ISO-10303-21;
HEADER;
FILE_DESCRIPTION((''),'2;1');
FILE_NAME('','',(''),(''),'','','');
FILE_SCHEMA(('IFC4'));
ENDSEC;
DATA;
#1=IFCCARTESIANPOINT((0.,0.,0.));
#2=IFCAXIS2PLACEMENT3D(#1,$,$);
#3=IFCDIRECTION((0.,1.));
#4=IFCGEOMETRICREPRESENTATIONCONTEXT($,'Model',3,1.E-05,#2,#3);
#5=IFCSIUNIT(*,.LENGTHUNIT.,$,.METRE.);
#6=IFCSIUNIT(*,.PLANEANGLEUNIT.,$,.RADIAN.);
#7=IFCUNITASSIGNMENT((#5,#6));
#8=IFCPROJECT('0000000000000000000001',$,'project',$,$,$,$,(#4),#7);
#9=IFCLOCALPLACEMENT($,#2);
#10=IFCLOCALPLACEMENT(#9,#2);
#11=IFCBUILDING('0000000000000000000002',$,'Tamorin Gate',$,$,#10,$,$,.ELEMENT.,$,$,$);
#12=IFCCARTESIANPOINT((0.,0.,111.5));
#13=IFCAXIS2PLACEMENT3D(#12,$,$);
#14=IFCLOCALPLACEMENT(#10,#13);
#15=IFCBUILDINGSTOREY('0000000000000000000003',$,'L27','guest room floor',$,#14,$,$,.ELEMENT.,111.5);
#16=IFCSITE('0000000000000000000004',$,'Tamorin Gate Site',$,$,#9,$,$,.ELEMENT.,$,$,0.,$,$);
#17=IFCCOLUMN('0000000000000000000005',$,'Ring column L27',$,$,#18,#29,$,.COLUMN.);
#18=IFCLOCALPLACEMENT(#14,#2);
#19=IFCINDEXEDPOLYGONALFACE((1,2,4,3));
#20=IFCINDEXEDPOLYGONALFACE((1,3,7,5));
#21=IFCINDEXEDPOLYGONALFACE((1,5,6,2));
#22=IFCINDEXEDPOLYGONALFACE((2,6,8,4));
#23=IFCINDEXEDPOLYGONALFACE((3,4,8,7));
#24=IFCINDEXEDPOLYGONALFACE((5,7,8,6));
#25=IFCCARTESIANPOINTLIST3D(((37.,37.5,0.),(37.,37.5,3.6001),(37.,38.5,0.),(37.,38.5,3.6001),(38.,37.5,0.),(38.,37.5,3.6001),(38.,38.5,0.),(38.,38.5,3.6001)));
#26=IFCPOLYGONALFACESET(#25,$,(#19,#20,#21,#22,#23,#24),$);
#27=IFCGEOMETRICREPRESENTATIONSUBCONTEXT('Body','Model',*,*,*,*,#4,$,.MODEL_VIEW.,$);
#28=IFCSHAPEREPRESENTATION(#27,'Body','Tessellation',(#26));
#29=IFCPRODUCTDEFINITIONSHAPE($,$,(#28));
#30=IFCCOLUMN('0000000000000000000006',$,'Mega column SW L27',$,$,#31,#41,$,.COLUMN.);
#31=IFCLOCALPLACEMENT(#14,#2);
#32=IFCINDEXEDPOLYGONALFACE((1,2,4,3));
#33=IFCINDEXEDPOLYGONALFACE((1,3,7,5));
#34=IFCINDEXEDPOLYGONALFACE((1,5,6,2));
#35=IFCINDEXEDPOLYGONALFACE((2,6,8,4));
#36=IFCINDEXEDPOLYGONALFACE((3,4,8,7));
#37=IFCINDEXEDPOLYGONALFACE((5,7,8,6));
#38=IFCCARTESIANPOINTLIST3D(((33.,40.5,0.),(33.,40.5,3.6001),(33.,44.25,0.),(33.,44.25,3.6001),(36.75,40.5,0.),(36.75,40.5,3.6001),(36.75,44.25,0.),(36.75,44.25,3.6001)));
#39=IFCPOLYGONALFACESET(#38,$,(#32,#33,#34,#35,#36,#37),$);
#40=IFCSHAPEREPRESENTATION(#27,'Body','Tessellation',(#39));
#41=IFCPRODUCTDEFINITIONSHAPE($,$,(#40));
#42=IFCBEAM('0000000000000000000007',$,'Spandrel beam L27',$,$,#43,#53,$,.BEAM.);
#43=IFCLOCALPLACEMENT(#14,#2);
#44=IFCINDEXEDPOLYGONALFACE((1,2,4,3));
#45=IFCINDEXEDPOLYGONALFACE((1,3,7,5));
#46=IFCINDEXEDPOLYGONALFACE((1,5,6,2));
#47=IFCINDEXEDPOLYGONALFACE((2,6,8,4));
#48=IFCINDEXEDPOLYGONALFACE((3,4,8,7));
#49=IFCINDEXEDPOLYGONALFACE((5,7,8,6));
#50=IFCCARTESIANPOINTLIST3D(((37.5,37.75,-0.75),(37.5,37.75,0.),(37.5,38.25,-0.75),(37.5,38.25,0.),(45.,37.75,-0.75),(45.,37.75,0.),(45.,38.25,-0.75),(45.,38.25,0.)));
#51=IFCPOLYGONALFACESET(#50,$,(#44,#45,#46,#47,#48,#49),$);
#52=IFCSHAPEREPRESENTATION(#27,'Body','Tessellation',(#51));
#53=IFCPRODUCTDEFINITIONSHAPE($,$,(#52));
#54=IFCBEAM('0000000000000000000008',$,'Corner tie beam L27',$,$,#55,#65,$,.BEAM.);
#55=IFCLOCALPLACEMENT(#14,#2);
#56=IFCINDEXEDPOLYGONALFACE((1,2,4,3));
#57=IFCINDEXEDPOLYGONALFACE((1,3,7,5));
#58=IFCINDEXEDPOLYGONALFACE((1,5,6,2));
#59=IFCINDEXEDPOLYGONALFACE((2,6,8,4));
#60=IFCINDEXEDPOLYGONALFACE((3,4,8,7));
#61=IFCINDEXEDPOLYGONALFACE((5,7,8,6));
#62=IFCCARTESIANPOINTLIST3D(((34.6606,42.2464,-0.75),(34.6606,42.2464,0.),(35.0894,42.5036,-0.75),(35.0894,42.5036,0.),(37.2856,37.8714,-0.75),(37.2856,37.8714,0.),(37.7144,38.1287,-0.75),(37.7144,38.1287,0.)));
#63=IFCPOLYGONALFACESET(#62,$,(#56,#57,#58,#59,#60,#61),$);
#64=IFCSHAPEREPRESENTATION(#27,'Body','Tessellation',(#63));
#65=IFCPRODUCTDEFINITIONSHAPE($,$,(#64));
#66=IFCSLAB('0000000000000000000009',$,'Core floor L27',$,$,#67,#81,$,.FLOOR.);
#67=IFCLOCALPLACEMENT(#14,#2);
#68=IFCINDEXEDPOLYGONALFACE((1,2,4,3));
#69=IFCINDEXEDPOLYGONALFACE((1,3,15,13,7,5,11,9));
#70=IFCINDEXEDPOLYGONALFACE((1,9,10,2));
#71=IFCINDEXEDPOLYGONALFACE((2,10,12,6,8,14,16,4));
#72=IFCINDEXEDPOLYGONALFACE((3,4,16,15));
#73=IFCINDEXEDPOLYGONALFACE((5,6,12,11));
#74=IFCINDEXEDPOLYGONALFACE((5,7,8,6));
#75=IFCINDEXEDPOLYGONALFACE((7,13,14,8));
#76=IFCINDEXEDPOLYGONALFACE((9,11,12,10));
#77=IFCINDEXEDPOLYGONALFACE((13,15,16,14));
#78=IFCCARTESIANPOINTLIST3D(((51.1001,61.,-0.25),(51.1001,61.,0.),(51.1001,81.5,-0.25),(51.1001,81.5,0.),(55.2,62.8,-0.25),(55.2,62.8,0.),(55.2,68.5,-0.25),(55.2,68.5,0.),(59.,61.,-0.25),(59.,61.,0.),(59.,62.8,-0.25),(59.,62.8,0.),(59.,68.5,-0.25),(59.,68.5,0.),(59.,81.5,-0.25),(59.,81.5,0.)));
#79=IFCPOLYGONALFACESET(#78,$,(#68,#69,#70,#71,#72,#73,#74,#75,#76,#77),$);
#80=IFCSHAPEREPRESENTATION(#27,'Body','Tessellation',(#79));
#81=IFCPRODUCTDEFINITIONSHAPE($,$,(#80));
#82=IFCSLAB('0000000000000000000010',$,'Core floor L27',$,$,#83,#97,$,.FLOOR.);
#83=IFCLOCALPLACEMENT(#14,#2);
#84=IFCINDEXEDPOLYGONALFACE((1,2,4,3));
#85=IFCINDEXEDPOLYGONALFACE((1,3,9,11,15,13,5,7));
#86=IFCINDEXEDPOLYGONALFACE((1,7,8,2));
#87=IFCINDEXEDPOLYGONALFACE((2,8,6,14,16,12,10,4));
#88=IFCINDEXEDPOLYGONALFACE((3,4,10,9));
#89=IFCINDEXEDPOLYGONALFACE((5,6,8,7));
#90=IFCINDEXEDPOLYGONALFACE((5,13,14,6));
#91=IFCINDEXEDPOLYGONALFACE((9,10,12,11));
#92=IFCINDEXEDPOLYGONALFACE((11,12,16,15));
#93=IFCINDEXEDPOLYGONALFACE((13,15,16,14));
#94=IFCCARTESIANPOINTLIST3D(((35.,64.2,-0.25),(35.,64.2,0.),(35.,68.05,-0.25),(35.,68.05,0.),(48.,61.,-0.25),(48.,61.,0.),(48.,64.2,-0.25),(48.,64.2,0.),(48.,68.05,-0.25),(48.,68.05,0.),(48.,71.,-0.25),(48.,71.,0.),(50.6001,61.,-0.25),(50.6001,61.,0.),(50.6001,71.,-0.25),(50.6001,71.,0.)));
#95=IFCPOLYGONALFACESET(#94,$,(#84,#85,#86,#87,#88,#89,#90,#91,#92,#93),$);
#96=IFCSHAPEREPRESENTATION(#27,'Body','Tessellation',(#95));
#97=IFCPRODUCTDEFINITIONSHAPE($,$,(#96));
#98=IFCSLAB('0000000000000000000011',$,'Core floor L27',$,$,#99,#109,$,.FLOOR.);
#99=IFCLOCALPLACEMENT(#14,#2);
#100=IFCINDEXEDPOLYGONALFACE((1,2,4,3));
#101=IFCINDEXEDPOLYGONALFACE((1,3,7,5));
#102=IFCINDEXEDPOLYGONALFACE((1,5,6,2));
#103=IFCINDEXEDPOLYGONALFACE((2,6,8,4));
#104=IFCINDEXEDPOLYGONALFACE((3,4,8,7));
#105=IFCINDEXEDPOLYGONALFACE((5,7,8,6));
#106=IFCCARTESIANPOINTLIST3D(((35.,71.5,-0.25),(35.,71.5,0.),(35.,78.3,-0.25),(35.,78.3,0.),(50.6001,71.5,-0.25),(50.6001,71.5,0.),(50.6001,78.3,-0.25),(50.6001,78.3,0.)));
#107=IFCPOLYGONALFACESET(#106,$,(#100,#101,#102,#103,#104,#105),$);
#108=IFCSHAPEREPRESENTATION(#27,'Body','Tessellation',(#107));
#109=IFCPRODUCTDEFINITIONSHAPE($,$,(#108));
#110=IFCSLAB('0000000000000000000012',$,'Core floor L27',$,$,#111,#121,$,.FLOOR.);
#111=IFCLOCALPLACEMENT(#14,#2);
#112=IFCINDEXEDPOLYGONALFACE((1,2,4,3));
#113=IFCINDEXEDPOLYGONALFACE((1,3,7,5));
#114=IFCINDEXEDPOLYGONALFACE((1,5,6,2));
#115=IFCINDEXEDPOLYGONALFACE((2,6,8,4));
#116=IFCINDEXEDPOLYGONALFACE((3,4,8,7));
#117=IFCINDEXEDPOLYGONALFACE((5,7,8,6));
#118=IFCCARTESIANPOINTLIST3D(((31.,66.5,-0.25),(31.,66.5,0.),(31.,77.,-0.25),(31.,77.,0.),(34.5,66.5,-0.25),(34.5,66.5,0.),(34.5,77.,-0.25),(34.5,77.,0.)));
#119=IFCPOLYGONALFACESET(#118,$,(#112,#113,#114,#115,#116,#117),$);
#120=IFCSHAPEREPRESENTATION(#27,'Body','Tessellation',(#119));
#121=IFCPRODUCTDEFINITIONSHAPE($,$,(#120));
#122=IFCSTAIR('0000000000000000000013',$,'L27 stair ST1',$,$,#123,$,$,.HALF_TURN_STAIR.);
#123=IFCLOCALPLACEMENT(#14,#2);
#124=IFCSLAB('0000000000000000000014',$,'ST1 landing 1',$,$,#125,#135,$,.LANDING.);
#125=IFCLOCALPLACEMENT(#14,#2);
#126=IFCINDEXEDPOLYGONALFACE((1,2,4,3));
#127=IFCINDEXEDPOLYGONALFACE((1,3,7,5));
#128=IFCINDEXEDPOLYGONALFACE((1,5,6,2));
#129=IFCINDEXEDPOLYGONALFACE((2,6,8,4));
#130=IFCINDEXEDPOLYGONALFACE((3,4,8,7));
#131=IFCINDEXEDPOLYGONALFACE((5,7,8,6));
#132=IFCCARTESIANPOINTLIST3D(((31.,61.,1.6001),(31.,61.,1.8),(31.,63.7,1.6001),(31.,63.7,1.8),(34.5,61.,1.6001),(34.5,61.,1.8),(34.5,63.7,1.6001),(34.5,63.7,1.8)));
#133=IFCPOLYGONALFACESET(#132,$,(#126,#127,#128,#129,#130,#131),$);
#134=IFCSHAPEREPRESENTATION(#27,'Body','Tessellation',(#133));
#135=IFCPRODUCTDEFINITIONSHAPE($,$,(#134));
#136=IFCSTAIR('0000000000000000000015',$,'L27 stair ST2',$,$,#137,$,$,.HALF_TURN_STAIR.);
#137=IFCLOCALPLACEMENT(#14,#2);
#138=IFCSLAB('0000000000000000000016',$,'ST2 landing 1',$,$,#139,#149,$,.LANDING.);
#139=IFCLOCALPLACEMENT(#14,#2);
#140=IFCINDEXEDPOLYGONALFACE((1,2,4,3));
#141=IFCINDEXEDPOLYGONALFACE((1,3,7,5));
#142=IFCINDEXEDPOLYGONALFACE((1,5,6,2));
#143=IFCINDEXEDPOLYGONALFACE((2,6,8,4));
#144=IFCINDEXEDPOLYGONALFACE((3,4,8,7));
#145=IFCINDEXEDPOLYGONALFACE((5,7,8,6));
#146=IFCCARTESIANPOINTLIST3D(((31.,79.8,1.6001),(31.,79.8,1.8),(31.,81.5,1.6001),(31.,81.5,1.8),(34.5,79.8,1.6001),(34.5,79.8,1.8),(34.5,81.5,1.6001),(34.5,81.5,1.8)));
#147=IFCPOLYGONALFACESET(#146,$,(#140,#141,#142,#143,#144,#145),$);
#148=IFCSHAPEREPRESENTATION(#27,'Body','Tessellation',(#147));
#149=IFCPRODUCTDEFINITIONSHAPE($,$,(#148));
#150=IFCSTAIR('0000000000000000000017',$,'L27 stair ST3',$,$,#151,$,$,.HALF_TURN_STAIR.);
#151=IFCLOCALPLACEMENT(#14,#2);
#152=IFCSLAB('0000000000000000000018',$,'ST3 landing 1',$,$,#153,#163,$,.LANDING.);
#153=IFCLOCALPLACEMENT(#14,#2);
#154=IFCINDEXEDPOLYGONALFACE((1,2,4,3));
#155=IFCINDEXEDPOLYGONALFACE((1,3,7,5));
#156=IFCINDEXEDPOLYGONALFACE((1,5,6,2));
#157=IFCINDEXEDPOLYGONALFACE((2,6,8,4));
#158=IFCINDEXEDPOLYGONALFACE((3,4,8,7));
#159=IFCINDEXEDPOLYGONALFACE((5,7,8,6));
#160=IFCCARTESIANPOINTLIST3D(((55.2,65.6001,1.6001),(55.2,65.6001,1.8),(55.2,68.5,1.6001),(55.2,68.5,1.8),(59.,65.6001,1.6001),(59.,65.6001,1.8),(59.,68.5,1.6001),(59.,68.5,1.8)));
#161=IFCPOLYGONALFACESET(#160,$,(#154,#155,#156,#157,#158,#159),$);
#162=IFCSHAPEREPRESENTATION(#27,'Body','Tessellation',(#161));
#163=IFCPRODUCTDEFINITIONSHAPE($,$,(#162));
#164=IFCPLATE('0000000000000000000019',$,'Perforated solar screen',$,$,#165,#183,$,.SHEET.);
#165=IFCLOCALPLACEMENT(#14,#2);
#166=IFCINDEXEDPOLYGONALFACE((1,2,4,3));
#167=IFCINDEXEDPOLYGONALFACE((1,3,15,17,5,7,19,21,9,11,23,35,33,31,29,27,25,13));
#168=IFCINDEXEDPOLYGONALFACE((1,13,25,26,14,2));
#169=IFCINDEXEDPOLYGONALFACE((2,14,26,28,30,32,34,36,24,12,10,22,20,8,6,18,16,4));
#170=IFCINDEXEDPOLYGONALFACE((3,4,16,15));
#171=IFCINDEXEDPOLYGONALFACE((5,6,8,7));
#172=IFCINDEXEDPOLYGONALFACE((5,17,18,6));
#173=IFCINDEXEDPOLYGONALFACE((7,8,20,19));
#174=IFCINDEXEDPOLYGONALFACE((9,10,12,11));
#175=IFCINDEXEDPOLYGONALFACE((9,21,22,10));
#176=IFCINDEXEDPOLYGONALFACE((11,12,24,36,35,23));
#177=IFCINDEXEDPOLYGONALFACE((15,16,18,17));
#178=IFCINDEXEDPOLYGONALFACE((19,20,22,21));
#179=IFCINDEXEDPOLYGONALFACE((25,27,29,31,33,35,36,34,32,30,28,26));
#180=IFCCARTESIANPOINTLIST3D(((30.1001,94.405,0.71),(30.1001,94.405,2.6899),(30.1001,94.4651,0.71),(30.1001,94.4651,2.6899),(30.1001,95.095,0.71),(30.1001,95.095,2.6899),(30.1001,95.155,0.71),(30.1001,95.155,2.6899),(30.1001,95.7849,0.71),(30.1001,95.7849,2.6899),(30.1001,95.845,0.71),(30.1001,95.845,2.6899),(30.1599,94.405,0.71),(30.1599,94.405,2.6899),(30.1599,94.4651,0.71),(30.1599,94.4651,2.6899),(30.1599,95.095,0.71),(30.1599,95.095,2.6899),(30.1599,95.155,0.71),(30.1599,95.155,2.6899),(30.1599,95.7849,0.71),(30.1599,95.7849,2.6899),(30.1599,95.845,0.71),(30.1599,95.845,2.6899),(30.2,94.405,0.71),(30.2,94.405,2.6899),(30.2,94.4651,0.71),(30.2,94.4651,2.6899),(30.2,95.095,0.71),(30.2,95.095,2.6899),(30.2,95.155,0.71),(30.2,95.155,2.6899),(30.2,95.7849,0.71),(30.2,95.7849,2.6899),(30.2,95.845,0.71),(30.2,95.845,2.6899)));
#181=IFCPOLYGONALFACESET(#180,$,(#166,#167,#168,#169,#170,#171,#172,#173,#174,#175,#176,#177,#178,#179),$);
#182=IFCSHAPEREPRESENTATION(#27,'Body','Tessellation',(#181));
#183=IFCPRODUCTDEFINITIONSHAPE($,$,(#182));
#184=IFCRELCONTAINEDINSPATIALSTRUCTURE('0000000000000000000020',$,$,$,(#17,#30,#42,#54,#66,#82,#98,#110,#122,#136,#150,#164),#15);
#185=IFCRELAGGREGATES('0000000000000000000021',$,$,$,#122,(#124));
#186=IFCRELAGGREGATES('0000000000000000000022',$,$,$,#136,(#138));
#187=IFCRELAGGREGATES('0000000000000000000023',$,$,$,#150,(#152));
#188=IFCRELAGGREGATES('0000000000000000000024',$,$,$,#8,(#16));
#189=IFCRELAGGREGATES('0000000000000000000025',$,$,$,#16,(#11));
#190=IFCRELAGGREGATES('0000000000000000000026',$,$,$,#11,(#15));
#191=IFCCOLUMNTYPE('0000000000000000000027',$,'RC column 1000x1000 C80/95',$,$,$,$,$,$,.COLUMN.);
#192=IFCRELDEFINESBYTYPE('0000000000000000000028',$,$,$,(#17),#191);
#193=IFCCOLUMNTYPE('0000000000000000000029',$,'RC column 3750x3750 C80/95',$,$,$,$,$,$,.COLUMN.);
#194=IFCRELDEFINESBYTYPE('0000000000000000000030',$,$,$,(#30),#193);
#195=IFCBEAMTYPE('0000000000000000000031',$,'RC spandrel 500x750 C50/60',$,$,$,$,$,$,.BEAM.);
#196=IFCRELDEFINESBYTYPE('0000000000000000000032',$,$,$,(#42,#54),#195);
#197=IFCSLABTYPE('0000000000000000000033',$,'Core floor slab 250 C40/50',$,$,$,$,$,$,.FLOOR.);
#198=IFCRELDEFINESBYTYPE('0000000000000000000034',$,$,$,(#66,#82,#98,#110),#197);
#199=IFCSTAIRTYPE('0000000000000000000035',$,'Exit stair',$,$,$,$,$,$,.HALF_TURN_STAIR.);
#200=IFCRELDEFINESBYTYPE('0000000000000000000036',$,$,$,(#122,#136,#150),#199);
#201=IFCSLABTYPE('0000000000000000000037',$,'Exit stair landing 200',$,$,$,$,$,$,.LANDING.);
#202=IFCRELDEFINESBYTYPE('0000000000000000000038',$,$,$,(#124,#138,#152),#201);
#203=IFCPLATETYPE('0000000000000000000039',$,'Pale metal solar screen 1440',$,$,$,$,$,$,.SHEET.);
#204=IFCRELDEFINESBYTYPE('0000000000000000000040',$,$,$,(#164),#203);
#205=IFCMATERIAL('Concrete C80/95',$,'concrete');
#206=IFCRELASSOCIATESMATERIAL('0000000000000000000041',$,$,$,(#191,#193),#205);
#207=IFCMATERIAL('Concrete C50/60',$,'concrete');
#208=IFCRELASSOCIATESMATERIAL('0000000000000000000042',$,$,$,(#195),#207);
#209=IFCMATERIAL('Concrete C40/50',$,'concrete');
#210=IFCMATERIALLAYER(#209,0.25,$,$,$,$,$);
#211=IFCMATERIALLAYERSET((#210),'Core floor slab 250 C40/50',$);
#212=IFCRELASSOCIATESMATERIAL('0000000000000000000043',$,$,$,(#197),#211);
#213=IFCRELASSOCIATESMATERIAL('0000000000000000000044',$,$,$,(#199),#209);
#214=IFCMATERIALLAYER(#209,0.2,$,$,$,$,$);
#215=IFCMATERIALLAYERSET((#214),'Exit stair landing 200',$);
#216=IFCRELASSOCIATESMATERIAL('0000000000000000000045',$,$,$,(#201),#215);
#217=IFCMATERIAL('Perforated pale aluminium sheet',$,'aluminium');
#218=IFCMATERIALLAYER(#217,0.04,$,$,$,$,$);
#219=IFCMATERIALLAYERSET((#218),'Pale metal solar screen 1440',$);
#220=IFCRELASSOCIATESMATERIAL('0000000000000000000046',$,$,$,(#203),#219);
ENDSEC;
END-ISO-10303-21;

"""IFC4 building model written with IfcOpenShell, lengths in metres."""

from ifc_helpers import new_model, si_unit, direction, frame, origin, origin_2d, place, context, subcontext, project, spatial, polyline, rectangle, outline, extrude, material, layer, layer_set, material_profile, profile_set, type_object, element, aggregate, save


model = new_model("IFC4")

# Units and contexts
model_context = context("Model", 3, precision=1e-05, world=origin(), true_north=direction((0.0, 1.0)))
body_context = subcontext(model_context, "Body", "Model", "MODEL_VIEW")
ifc_project = project(units=[si_unit("LENGTHUNIT", "METRE"), si_unit("PLANEANGLEUNIT", "RADIAN")], contexts=[model_context])

# Site, building, storey
site_placement = place(None, origin())
site = spatial("IfcSite", under=ifc_project, at=site_placement, Name="Tamorin Gate Site", CompositionType="ELEMENT", RefElevation=0.0)
building_placement = place(site_placement, origin())
building = spatial("IfcBuilding", under=site, at=building_placement, Name="Tamorin Gate", CompositionType="ELEMENT")
storey_placement = place(building_placement, frame((0.0, 0.0, 111.5)))
storey = spatial("IfcBuildingStorey", under=building, at=storey_placement, Name="L27", Description="guest room floor", CompositionType="ELEMENT", Elevation=111.5)

# Columns
ifc_material_1 = material(Name="Concrete C80/95", Category="concrete")
ifc_material_profile_1 = material_profile(ifc_material_1, rectangle(XDim=1.0, YDim=1.0, at=origin_2d()), Name="RC 1000x1000")
ifc_profile_set_1 = profile_set([ifc_material_profile_1], Name="Concrete C80/95")
column_type_1 = type_object("IfcColumnType", Name="RC column 1000x1000 C80/95", PredefinedType="COLUMN", material=ifc_profile_set_1)
column_1_placement = place(storey_placement, frame((37.5, 38.0, 0.0), z_axis=(0.0, 0.0, 1.0), x_axis=(1.0, 0.0, 0.0)))
element("IfcColumn", 1, at=column_1_placement, inside=storey, type_object=column_type_1, Name="Ring column L27", PredefinedType="COLUMN", context=body_context, shape_type="SweptSolid", body=[
    extrude(rectangle(XDim=1.0, YDim=1.0, at=origin_2d()), origin(), (0.0, 0.0, 1.0), 3.6001),
])
ifc_material_profile_2 = material_profile(ifc_material_1, rectangle(XDim=3.75, YDim=3.75, at=origin_2d()), Name="RC 3750x3750")
ifc_profile_set_2 = profile_set([ifc_material_profile_2], Name="Concrete C80/95")
column_type_2 = type_object("IfcColumnType", Name="RC column 3750x3750 C80/95", PredefinedType="COLUMN", material=ifc_profile_set_2)
column_2_placement = place(storey_placement, frame((34.875, 42.375, 0.0), z_axis=(0.0, 0.0, 1.0), x_axis=(1.0, 0.0, 0.0)))
element("IfcColumn", 2, at=column_2_placement, inside=storey, type_object=column_type_2, Name="Mega column SW L27", PredefinedType="COLUMN", context=body_context, shape_type="SweptSolid", body=[
    extrude(rectangle(XDim=3.75, YDim=3.75, at=origin_2d()), origin(), (0.0, 0.0, 1.0), 3.6001),
])

# Beams
ifc_material_2 = material(Name="Concrete C50/60", Category="concrete")
ifc_material_profile_3 = material_profile(ifc_material_2, rectangle(XDim=0.5, YDim=0.75, at=origin_2d()), Name="RC 500x750")
ifc_profile_set_3 = profile_set([ifc_material_profile_3], Name="Concrete C50/60")
beam_type = type_object("IfcBeamType", Name="RC spandrel 500x750 C50/60", PredefinedType="BEAM", material=ifc_profile_set_3)
beam_1_placement = place(storey_placement, frame((37.5, 38.0, -0.375), z_axis=(1.0, 0.0, 0.0), x_axis=(0.0, 1.0, 0.0)))
element("IfcBeam", 3, at=beam_1_placement, inside=storey, type_object=beam_type, Name="Spandrel beam L27", PredefinedType="BEAM", context=body_context, shape_type="SweptSolid", body=[
    extrude(rectangle(XDim=0.5, YDim=0.75, at=origin_2d()), origin(), (0.0, 0.0, 1.0), 7.5),
])
beam_2_placement = place(storey_placement, frame((34.875, 42.375, -0.375), z_axis=(0.514496, -0.857493, 0.0), x_axis=(0.857493, 0.514496, 0.0)))
element("IfcBeam", 4, at=beam_2_placement, inside=storey, type_object=beam_type, Name="Corner tie beam L27", PredefinedType="BEAM", context=body_context, shape_type="SweptSolid", body=[
    extrude(rectangle(XDim=0.5, YDim=0.75, at=origin_2d()), origin(), (0.0, 0.0, 1.0), 5.1021),
])

# Slabs
ifc_material_3 = material(Name="Concrete C40/50", Category="concrete")
ifc_layer_1 = layer(ifc_material_3, 0.25)
ifc_layer_set_1 = layer_set([ifc_layer_1], Name="Core floor slab 250 C40/50")
slab_type_1 = type_object("IfcSlabType", Name="Core floor slab 250 C40/50", PredefinedType="FLOOR", material=ifc_layer_set_1)
slab_1_placement = place(storey_placement, frame((0.0, 0.0, -0.25)))
element("IfcSlab", 5, at=slab_1_placement, inside=storey, type_object=slab_type_1, Name="Core floor L27", PredefinedType="FLOOR", context=body_context, shape_type="SweptSolid", body=[
    extrude(outline(polyline([(59.0, 62.8), (59.0, 61.0), (51.1001, 61.0), (51.1001, 81.5), (59.0, 81.5), (59.0, 68.5), (55.2, 68.5), (55.2, 62.8), (59.0, 62.8)])), origin(), (0.0, 0.0, 1.0), 0.25),
])
slab_2_placement = place(storey_placement, frame((0.0, 0.0, -0.25)))
element("IfcSlab", 6, at=slab_2_placement, inside=storey, type_object=slab_type_1, Name="Core floor L27", PredefinedType="FLOOR", context=body_context, shape_type="SweptSolid", body=[
    extrude(outline(polyline([(50.6001, 61.0), (48.0, 61.0), (48.0, 64.2), (35.0, 64.2), (35.0, 68.05), (48.0, 68.05), (48.0, 71.0), (50.6001, 71.0), (50.6001, 61.0)])), origin(), (0.0, 0.0, 1.0), 0.25),
])
slab_3_placement = place(storey_placement, frame((0.0, 0.0, -0.25)))
element("IfcSlab", 7, at=slab_3_placement, inside=storey, type_object=slab_type_1, Name="Core floor L27", PredefinedType="FLOOR", context=body_context, shape_type="SweptSolid", body=[
    extrude(outline(polyline([(50.6001, 71.5), (35.0, 71.5), (35.0, 78.3), (50.6001, 78.3), (50.6001, 71.5)])), origin(), (0.0, 0.0, 1.0), 0.25),
])
slab_4_placement = place(storey_placement, frame((0.0, 0.0, -0.25)))
element("IfcSlab", 8, at=slab_4_placement, inside=storey, type_object=slab_type_1, Name="Core floor L27", PredefinedType="FLOOR", context=body_context, shape_type="SweptSolid", body=[
    extrude(outline(polyline([(31.0, 66.5), (31.0, 77.0), (34.5, 77.0), (34.5, 66.5), (31.0, 66.5)])), origin(), (0.0, 0.0, 1.0), 0.25),
])

# Stairs, slabs
stair_type = type_object("IfcStairType", Name="Exit stair", PredefinedType="HALF_TURN_STAIR", material=ifc_material_3)
stair_1_placement = place(storey_placement, origin())
stair_1 = element("IfcStair", 9, at=stair_1_placement, inside=storey, type_object=stair_type, Name="L27 stair ST1", PredefinedType="HALF_TURN_STAIR")
ifc_layer_2 = layer(ifc_material_3, 0.2)
ifc_layer_set_2 = layer_set([ifc_layer_2], Name="Exit stair landing 200")
slab_type_2 = type_object("IfcSlabType", Name="Exit stair landing 200", PredefinedType="LANDING", material=ifc_layer_set_2)
slab_5_placement = place(storey_placement, frame((0.0, 0.0, 1.6001)))
slab_5 = element("IfcSlab", 10, at=slab_5_placement, type_object=slab_type_2, Name="ST1 landing 1", PredefinedType="LANDING", context=body_context, shape_type="SweptSolid", body=[
    extrude(outline(polyline([(31.0, 63.7), (31.0, 61.0), (34.5, 61.0), (34.5, 63.7), (31.0, 63.7)])), origin(), (0.0, 0.0, 1.0), 0.2),
])
aggregate(stair_1, [slab_5])
stair_2_placement = place(storey_placement, origin())
stair_2 = element("IfcStair", 11, at=stair_2_placement, inside=storey, type_object=stair_type, Name="L27 stair ST2", PredefinedType="HALF_TURN_STAIR")
slab_6_placement = place(storey_placement, frame((0.0, 0.0, 1.6001)))
slab_6 = element("IfcSlab", 12, at=slab_6_placement, type_object=slab_type_2, Name="ST2 landing 1", PredefinedType="LANDING", context=body_context, shape_type="SweptSolid", body=[
    extrude(outline(polyline([(34.5, 79.8), (34.5, 81.5), (31.0, 81.5), (31.0, 79.8), (34.5, 79.8)])), origin(), (0.0, 0.0, 1.0), 0.2),
])
aggregate(stair_2, [slab_6])
stair_3_placement = place(storey_placement, origin())
stair_3 = element("IfcStair", 13, at=stair_3_placement, inside=storey, type_object=stair_type, Name="L27 stair ST3", PredefinedType="HALF_TURN_STAIR")
slab_7_placement = place(storey_placement, frame((0.0, 0.0, 1.6001)))
slab_7 = element("IfcSlab", 14, at=slab_7_placement, type_object=slab_type_2, Name="ST3 landing 1", PredefinedType="LANDING", context=body_context, shape_type="SweptSolid", body=[
    extrude(outline(polyline([(59.0, 65.6001), (59.0, 68.5), (55.2, 68.5), (55.2, 65.6001), (59.0, 65.6001)])), origin(), (0.0, 0.0, 1.0), 0.2),
])
aggregate(stair_3, [slab_7])

# Plate
ifc_material_4 = material(Name="Perforated pale aluminium sheet", Category="aluminium")
ifc_layer_3 = layer(ifc_material_4, 0.04)
ifc_layer_set_3 = layer_set([ifc_layer_3], Name="Pale metal solar screen 1440")
plate_type = type_object("IfcPlateType", Name="Pale metal solar screen 1440", PredefinedType="SHEET", material=ifc_layer_set_3)
plate_1_placement = place(storey_placement, frame((0.0, 0.0, 0.71)))
element("IfcPlate", 15, at=plate_1_placement, inside=storey, type_object=plate_type, Name="Perforated solar screen", PredefinedType="SHEET", context=body_context, shape_type="SweptSolid", body=[
    extrude(outline(polyline([(30.1599, 95.845), (30.2, 95.845), (30.2, 95.7849), (30.2, 95.155), (30.2, 95.095), (30.2, 94.4651), (30.2, 94.405), (30.2, 94.405), (30.1599, 94.405), (30.1599, 94.405), (30.1001, 94.405), (30.1001, 94.4651), (30.1599, 94.4651), (30.1599, 95.095), (30.1001, 95.095), (30.1001, 95.155), (30.1599, 95.155), (30.1599, 95.7849), (30.1001, 95.7849), (30.1001, 95.845), (30.1599, 95.845)])), origin(), (0.0, 0.0, 1.0), 1.98),
])

save(model, "model.ifc")
